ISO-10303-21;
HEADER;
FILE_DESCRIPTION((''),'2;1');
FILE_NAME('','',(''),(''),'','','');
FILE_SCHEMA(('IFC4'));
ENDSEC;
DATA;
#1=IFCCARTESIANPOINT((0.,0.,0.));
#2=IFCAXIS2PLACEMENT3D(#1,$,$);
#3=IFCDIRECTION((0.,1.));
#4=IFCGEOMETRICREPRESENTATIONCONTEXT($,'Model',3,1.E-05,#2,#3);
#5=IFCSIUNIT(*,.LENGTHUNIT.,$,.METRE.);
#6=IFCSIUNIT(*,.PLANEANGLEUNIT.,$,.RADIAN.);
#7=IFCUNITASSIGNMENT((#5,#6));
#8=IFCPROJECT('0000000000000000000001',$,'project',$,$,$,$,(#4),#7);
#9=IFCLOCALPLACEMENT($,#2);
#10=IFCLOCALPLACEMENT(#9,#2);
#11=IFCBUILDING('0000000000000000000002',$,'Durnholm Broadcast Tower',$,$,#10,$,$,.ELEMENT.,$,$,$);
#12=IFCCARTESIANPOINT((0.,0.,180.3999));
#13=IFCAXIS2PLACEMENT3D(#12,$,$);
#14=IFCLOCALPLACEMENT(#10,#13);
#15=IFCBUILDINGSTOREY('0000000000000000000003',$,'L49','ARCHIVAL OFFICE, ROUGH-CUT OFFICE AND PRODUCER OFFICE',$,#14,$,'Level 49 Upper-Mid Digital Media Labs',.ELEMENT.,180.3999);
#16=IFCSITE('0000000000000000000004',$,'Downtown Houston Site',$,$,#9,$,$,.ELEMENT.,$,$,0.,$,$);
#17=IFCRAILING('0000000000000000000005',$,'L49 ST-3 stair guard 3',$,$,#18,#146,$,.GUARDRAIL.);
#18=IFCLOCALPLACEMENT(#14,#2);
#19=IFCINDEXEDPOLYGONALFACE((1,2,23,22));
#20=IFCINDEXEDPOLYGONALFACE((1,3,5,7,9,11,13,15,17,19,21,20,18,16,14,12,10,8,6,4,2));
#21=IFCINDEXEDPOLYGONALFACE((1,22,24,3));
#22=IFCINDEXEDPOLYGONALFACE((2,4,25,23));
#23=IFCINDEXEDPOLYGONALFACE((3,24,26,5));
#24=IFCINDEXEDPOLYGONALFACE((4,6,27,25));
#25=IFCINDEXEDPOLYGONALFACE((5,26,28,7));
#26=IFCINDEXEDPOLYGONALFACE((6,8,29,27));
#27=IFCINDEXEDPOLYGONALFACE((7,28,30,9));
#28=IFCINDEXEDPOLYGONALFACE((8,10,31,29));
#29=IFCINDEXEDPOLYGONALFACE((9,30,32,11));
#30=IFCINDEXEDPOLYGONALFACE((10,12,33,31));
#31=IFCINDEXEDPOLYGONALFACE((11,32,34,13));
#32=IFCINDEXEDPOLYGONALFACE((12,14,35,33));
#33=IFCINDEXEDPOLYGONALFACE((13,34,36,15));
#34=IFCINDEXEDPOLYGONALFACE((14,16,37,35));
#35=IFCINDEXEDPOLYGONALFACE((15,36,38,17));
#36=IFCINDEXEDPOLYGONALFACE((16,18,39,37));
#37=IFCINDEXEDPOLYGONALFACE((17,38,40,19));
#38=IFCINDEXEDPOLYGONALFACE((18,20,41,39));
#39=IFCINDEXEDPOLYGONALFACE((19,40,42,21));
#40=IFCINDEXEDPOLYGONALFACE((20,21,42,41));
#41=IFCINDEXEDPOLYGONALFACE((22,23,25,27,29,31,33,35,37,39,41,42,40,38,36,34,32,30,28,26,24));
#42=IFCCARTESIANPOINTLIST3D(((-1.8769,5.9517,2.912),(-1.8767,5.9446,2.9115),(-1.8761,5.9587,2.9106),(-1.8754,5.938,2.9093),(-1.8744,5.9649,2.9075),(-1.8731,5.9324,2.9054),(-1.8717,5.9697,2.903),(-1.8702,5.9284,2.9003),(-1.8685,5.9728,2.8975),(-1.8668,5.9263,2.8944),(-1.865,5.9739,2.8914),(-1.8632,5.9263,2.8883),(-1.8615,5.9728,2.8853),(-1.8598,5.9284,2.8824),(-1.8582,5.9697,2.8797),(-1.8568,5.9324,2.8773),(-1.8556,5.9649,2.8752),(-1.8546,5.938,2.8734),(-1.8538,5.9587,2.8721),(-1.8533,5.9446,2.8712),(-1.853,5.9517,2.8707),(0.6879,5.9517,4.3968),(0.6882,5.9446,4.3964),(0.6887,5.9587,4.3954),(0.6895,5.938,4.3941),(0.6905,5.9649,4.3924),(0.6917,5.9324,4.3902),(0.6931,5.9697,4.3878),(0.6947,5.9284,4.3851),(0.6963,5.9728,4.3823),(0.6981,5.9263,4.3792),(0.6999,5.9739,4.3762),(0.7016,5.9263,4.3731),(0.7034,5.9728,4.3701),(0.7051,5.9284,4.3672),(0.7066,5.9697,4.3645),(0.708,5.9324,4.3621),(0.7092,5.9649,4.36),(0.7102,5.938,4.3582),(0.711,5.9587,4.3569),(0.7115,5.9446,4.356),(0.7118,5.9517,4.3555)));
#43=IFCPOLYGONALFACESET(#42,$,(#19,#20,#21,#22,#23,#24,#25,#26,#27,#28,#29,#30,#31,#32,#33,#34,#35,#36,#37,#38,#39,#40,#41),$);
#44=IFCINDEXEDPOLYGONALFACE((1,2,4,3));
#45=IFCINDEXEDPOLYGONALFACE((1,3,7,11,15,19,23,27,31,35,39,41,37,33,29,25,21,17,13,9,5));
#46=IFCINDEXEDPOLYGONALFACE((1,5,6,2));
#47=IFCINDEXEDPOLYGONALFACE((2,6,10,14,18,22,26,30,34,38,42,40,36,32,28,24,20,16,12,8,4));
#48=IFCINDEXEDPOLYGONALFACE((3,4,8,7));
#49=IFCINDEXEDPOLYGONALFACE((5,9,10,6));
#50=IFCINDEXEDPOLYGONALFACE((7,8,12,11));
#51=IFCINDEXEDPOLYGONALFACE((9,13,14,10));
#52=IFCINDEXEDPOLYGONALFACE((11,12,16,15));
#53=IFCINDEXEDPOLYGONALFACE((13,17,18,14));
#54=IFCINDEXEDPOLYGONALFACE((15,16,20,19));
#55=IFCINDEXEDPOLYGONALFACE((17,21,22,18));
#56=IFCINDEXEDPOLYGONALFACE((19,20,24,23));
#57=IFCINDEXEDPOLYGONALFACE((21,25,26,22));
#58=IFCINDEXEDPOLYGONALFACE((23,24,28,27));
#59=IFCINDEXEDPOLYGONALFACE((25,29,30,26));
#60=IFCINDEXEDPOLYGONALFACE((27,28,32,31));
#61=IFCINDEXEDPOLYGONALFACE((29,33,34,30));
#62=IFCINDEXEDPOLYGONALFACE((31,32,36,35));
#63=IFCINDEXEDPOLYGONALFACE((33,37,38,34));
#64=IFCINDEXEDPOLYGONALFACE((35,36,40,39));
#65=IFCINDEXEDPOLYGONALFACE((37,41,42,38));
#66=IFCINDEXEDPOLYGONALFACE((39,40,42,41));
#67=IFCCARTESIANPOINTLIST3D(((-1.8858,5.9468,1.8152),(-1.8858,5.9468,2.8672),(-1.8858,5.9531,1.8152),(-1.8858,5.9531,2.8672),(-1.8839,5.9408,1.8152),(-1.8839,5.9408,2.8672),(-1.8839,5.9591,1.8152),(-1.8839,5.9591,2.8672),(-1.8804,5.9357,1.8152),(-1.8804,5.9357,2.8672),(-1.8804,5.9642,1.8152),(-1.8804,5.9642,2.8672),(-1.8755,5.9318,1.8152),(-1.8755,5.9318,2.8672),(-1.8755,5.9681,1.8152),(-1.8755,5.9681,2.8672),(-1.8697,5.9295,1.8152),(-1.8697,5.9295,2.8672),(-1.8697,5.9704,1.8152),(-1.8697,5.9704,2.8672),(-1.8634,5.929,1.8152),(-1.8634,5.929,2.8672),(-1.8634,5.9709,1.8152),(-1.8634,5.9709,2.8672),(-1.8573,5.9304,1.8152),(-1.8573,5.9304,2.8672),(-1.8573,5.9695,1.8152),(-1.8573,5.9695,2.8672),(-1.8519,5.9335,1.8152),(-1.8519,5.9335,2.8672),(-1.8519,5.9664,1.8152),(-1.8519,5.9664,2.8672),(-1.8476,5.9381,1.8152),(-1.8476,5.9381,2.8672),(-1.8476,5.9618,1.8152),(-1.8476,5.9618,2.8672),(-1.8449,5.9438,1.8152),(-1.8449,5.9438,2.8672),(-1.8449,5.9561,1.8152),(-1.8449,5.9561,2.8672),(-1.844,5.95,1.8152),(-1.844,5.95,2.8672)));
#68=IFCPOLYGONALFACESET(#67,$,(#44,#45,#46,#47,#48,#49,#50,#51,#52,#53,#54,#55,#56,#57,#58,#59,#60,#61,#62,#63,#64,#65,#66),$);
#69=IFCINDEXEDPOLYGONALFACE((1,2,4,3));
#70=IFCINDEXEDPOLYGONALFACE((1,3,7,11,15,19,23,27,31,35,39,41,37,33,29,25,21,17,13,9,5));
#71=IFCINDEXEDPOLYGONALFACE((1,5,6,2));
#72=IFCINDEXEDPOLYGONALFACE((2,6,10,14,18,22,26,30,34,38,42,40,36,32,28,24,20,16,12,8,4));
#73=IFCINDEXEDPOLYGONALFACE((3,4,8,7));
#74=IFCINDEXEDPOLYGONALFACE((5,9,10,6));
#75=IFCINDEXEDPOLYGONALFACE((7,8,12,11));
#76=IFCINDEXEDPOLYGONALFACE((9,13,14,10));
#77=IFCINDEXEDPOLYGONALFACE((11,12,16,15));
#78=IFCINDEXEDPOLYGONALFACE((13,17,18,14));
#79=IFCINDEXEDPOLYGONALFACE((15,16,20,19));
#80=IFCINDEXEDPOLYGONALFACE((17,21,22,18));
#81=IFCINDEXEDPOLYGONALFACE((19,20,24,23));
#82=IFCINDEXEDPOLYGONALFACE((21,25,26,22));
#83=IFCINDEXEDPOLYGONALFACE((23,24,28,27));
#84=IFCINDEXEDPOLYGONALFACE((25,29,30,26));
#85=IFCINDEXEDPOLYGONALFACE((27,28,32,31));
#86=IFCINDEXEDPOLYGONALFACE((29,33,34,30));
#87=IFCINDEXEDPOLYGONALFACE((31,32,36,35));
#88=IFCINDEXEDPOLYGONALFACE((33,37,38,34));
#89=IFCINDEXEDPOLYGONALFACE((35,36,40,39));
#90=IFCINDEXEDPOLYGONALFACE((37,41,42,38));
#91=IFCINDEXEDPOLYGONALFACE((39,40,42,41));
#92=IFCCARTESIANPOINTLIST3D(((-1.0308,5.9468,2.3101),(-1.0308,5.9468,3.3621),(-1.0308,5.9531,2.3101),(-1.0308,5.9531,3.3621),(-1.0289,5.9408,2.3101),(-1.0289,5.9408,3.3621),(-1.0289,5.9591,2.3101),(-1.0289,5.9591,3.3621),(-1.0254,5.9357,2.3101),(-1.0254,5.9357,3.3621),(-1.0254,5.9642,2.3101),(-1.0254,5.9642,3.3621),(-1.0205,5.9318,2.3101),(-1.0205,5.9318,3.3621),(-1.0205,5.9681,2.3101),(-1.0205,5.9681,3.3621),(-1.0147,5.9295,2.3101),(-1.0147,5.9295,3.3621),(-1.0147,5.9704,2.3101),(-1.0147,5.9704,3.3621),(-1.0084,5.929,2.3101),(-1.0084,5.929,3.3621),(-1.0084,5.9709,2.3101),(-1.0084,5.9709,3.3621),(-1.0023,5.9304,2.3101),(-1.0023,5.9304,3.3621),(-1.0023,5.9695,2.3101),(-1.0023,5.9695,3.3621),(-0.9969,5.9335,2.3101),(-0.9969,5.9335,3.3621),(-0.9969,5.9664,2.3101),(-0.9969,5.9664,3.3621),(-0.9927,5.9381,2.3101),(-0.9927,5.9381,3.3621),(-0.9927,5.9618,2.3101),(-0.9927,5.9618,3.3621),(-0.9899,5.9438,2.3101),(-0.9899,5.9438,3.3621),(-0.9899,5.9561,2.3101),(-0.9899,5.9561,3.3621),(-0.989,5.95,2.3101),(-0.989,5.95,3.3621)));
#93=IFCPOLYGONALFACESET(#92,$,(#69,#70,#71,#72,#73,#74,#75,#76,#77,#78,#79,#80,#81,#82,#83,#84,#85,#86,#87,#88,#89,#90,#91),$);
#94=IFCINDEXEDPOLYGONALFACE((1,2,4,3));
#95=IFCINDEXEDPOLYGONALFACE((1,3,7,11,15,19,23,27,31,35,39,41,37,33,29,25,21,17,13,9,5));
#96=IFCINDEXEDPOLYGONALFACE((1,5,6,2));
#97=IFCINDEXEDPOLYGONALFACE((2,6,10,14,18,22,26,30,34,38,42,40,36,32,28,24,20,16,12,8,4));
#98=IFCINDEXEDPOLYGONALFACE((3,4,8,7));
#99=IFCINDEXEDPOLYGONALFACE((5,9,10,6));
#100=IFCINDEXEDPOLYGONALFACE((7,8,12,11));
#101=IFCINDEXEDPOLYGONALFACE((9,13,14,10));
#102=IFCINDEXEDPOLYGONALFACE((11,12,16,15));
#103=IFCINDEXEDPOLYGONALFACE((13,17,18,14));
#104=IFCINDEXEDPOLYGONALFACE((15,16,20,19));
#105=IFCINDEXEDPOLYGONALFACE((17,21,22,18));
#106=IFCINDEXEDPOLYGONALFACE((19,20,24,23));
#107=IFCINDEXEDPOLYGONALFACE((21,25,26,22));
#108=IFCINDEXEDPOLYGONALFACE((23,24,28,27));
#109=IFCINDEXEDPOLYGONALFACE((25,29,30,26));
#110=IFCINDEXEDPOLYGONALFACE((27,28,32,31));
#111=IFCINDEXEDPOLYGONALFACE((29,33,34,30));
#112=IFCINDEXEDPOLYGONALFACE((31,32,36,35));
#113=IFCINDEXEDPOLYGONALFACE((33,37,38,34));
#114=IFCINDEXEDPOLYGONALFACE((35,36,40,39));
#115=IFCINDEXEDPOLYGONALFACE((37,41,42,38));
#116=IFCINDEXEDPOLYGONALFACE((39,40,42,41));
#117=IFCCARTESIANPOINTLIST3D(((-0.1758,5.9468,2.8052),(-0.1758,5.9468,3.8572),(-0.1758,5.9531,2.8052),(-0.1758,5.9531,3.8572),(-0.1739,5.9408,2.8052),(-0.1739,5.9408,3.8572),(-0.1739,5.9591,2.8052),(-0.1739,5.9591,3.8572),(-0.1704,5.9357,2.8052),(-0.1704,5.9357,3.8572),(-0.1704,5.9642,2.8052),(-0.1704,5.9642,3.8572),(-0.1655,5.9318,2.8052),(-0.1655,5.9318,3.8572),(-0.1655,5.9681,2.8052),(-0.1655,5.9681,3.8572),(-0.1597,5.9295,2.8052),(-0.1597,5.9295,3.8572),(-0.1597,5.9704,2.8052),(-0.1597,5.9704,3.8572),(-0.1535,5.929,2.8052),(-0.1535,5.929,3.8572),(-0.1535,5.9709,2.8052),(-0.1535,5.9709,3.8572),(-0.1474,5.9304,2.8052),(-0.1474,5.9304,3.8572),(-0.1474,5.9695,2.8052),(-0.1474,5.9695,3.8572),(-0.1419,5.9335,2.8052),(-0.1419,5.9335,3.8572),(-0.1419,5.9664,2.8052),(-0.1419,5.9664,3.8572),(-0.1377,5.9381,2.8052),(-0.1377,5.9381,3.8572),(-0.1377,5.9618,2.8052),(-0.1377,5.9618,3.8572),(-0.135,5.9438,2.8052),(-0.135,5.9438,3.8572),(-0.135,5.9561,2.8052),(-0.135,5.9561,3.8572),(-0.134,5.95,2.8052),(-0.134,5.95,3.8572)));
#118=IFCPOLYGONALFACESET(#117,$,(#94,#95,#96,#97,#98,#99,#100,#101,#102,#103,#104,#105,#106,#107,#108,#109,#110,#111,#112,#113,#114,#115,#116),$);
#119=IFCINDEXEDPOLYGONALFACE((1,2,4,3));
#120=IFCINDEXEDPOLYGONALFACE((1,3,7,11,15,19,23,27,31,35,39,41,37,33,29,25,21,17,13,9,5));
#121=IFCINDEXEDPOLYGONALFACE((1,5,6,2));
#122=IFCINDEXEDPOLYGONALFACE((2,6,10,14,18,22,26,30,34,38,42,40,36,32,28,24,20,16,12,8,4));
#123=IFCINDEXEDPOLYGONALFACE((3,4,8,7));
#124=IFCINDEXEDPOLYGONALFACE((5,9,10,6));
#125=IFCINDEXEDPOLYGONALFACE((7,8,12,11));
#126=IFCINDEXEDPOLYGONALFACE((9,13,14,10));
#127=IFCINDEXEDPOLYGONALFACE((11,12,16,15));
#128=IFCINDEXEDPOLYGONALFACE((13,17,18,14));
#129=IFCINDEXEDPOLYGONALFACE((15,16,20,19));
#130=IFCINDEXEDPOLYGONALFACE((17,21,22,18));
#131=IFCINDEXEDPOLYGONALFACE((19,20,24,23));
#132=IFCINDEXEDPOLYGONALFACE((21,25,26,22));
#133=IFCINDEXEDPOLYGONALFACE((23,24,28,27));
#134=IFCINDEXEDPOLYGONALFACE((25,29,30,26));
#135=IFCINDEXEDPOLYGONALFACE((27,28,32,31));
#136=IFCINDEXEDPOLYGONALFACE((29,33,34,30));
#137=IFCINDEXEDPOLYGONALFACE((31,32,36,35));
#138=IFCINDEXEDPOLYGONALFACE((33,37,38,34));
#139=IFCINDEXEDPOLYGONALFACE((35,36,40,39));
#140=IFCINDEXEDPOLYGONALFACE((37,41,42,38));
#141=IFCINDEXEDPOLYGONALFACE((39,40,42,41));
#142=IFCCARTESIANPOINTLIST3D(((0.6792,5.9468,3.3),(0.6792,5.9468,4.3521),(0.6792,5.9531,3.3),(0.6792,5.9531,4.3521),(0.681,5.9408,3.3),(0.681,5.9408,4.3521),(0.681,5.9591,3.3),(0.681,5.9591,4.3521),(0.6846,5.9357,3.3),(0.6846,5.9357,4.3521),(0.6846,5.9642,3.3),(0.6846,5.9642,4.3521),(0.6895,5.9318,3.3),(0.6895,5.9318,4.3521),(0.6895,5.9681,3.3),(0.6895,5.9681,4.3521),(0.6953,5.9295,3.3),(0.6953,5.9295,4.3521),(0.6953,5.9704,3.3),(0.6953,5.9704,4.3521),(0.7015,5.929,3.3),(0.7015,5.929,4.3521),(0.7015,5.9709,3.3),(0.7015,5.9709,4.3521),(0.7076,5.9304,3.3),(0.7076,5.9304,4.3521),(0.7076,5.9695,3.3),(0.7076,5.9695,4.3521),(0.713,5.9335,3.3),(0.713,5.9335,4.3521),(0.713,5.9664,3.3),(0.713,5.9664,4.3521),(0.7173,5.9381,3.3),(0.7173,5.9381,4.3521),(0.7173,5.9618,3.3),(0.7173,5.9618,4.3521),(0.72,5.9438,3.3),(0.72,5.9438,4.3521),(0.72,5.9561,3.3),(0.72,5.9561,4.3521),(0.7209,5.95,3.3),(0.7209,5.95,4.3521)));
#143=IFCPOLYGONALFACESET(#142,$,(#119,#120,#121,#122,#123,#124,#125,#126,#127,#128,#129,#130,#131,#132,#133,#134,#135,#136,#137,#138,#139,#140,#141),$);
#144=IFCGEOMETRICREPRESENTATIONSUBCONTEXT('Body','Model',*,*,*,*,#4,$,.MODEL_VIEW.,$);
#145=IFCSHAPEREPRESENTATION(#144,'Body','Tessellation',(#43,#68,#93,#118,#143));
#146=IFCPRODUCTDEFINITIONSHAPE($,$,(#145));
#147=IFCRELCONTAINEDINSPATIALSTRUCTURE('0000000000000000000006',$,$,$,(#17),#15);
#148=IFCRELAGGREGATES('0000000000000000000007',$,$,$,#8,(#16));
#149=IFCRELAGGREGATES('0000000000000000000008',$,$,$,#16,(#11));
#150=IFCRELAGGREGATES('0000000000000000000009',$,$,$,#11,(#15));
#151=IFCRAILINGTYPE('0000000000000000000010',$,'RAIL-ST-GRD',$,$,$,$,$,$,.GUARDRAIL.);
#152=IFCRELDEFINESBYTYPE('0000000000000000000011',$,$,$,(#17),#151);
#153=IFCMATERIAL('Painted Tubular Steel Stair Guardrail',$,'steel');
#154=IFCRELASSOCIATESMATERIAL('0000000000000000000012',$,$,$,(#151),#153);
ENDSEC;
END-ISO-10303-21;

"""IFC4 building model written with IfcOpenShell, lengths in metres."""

from ifc_helpers import new_model, si_unit, direction, frame, origin, origin_2d, place, context, subcontext, project, spatial, circle, extrude, material, type_object, element, save


model = new_model("IFC4")

# Units and contexts
model_context = context("Model", 3, precision=1e-05, world=origin(), true_north=direction((0.0, 1.0)))
body_context = subcontext(model_context, "Body", "Model", "MODEL_VIEW")
ifc_project = project(units=[si_unit("LENGTHUNIT", "METRE"), si_unit("PLANEANGLEUNIT", "RADIAN")], contexts=[model_context])

# Site, building, storey
site_placement = place(None, origin())
site = spatial("IfcSite", under=ifc_project, at=site_placement, Name="Downtown Houston Site", CompositionType="ELEMENT", RefElevation=0.0)
building_placement = place(site_placement, origin())
building = spatial("IfcBuilding", under=site, at=building_placement, Name="Durnholm Broadcast Tower", CompositionType="ELEMENT")
storey_placement = place(building_placement, frame((0.0, 0.0, 180.3999)))
storey = spatial("IfcBuildingStorey", under=building, at=storey_placement, Name="L49", Description="ARCHIVAL OFFICE, ROUGH-CUT OFFICE AND PRODUCER OFFICE", LongName="Level 49 Upper-Mid Digital Media Labs", CompositionType="ELEMENT", Elevation=180.3999)

# Railing
ifc_material_1 = material(Name="Painted Tubular Steel Stair Guardrail", Category="steel")
railing_type_1 = type_object("IfcRailingType", Name="RAIL-ST-GRD", PredefinedType="GUARDRAIL", material=ifc_material_1)
railing_1_placement = place(storey_placement, frame((-1.865, 5.95, 1.8152)))
element("IfcRailing", 1, at=railing_1_placement, inside=storey, type_object=railing_type_1, Name="L49 ST-3 stair guard 3", PredefinedType="GUARDRAIL", context=body_context, shape_type="SweptSolid", body=[
    extrude(circle(Radius=0.0239, at=origin_2d()), frame((0.0, 0.0, 1.0762), z_axis=(0.865441, 0.0, 0.50101), x_axis=(0.0, 1.0, 0.0)), (0.0, 0.0, 1.0), 2.9636),
    extrude(circle(Radius=0.021, at=origin_2d()), origin(), (0.0, 0.0, 1.0), 1.052),
    extrude(circle(Radius=0.021, at=origin_2d()), frame((0.855, 0.0, 0.4949)), (0.0, 0.0, 1.0), 1.052),
    extrude(circle(Radius=0.021, at=origin_2d()), frame((1.71, 0.0, 0.99)), (0.0, 0.0, 1.0), 1.052),
    extrude(circle(Radius=0.021, at=origin_2d()), frame((2.5649, 0.0, 1.4849)), (0.0, 0.0, 1.0), 1.052),
])

save(model, "model.ifc")
